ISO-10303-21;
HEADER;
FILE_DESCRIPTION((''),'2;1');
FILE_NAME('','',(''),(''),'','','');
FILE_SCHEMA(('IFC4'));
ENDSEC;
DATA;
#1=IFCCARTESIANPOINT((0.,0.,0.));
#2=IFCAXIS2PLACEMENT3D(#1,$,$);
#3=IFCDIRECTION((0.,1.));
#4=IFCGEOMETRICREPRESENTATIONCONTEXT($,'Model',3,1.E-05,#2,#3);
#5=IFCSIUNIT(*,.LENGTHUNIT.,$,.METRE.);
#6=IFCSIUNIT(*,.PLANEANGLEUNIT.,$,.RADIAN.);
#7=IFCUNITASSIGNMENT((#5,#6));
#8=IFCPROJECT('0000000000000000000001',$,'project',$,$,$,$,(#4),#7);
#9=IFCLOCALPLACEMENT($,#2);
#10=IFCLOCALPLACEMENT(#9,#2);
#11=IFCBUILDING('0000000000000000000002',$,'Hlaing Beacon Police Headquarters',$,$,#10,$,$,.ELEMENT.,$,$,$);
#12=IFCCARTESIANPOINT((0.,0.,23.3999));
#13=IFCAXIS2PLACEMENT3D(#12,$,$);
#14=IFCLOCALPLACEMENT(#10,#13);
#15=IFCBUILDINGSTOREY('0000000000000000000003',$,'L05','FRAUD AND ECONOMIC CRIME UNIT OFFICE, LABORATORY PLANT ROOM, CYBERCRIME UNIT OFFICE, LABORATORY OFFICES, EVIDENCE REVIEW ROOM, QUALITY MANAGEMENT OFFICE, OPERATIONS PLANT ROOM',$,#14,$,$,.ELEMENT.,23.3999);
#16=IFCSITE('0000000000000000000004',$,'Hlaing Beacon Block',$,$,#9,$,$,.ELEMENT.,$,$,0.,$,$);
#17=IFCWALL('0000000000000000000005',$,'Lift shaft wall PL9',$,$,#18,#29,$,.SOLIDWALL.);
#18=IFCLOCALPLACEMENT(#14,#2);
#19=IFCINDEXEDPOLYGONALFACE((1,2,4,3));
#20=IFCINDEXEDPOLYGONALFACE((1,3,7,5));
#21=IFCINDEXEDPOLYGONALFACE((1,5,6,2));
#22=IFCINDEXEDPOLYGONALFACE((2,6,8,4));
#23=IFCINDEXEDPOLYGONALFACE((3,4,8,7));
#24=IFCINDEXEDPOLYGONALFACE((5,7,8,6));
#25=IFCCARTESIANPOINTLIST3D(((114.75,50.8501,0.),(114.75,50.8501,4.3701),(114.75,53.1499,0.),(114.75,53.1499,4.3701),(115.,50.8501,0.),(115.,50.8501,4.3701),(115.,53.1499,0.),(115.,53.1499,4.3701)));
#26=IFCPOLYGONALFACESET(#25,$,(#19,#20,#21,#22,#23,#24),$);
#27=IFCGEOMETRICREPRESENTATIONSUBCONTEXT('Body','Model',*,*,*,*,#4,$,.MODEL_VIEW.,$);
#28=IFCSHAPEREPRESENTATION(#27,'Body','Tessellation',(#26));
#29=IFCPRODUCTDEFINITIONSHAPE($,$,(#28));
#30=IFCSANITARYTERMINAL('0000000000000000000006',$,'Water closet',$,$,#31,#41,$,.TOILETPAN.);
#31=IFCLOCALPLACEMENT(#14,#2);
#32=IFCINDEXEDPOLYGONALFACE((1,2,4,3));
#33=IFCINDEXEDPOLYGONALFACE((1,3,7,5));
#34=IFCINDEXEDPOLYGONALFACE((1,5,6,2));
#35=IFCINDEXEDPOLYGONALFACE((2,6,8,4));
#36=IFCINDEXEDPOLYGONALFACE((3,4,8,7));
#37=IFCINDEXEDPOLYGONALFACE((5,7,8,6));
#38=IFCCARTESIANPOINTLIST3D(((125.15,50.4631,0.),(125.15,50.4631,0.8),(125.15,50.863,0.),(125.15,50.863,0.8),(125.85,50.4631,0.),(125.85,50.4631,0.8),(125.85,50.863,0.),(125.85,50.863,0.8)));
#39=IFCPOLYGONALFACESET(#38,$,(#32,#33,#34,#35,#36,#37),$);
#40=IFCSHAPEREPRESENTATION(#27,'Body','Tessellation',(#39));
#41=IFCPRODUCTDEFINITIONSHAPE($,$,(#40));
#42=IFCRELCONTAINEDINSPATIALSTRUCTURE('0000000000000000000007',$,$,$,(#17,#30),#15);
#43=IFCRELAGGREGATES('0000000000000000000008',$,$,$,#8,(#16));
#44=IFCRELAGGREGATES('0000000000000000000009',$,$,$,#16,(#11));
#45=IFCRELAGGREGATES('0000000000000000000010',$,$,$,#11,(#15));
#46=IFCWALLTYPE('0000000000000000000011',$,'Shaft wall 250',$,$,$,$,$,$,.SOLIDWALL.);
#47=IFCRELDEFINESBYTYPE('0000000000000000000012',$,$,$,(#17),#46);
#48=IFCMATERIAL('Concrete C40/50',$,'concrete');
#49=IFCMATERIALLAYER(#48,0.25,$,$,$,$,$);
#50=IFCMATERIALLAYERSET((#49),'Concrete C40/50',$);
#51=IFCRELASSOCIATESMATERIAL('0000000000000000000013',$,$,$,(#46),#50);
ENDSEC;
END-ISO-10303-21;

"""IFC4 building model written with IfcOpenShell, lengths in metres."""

from ifc_helpers import new_model, si_unit, direction, frame, frame_2d, origin, origin_2d, place, context, subcontext, project, spatial, rectangle, extrude, material, layer, layer_set, type_object, element, save


model = new_model("IFC4")

# Units and contexts
model_context = context("Model", 3, precision=1e-05, world=origin(), true_north=direction((0.0, 1.0)))
body_context = subcontext(model_context, "Body", "Model", "MODEL_VIEW")
ifc_project = project(units=[si_unit("LENGTHUNIT", "METRE"), si_unit("PLANEANGLEUNIT", "RADIAN")], contexts=[model_context])

# Site, building, storey
site_placement = place(None, origin())
site = spatial("IfcSite", under=ifc_project, at=site_placement, Name="Hlaing Beacon Block", CompositionType="ELEMENT", RefElevation=0.0)
building_placement = place(site_placement, origin())
building = spatial("IfcBuilding", under=site, at=building_placement, Name="Hlaing Beacon Police Headquarters", CompositionType="ELEMENT")
storey_placement = place(building_placement, frame((0.0, 0.0, 23.3999)))
storey = spatial("IfcBuildingStorey", under=building, at=storey_placement, Name="L05", Description="FRAUD AND ECONOMIC CRIME UNIT OFFICE, LABORATORY PLANT ROOM, CYBERCRIME UNIT OFFICE, LABORATORY OFFICES, EVIDENCE REVIEW ROOM, QUALITY MANAGEMENT OFFICE, OPERATIONS PLANT ROOM", CompositionType="ELEMENT", Elevation=23.3999)

# Wall
ifc_material_1 = material(Name="Concrete C40/50", Category="concrete")
ifc_layer_1 = layer(ifc_material_1, 0.25)
ifc_layer_set_1 = layer_set([ifc_layer_1], Name="Concrete C40/50")
wall_type_1 = type_object("IfcWallType", Name="Shaft wall 250", PredefinedType="SOLIDWALL", material=ifc_layer_set_1)
wall_1_placement = place(storey_placement, frame((114.875, 50.8501, 0.0), z_axis=(0.0, 0.0, 1.0), x_axis=(0.0, 1.0, 0.0)))
element("IfcWall", 1, at=wall_1_placement, inside=storey, type_object=wall_type_1, Name="Lift shaft wall PL9", PredefinedType="SOLIDWALL", context=body_context, shape_type="SweptSolid", body=[
    extrude(rectangle(XDim=2.2998, YDim=0.25, at=frame_2d((1.1499, 0.0))), origin(), (0.0, 0.0, 1.0), 4.3701),
])

# Sanitary terminal
sanitary_terminal_placement = place(storey_placement, frame((125.5, 50.6631, 0.0), z_axis=(0.0, 0.0, 1.0), x_axis=(1.0, 0.0, 0.0)))
element("IfcSanitaryTerminal", 2, at=sanitary_terminal_placement, inside=storey, Name="Water closet", PredefinedType="TOILETPAN", context=body_context, shape_type="SweptSolid", body=[
    extrude(rectangle(XDim=0.7, YDim=0.3999, at=origin_2d()), origin(), (0.0, 0.0, 1.0), 0.8),
])

save(model, "model.ifc")
